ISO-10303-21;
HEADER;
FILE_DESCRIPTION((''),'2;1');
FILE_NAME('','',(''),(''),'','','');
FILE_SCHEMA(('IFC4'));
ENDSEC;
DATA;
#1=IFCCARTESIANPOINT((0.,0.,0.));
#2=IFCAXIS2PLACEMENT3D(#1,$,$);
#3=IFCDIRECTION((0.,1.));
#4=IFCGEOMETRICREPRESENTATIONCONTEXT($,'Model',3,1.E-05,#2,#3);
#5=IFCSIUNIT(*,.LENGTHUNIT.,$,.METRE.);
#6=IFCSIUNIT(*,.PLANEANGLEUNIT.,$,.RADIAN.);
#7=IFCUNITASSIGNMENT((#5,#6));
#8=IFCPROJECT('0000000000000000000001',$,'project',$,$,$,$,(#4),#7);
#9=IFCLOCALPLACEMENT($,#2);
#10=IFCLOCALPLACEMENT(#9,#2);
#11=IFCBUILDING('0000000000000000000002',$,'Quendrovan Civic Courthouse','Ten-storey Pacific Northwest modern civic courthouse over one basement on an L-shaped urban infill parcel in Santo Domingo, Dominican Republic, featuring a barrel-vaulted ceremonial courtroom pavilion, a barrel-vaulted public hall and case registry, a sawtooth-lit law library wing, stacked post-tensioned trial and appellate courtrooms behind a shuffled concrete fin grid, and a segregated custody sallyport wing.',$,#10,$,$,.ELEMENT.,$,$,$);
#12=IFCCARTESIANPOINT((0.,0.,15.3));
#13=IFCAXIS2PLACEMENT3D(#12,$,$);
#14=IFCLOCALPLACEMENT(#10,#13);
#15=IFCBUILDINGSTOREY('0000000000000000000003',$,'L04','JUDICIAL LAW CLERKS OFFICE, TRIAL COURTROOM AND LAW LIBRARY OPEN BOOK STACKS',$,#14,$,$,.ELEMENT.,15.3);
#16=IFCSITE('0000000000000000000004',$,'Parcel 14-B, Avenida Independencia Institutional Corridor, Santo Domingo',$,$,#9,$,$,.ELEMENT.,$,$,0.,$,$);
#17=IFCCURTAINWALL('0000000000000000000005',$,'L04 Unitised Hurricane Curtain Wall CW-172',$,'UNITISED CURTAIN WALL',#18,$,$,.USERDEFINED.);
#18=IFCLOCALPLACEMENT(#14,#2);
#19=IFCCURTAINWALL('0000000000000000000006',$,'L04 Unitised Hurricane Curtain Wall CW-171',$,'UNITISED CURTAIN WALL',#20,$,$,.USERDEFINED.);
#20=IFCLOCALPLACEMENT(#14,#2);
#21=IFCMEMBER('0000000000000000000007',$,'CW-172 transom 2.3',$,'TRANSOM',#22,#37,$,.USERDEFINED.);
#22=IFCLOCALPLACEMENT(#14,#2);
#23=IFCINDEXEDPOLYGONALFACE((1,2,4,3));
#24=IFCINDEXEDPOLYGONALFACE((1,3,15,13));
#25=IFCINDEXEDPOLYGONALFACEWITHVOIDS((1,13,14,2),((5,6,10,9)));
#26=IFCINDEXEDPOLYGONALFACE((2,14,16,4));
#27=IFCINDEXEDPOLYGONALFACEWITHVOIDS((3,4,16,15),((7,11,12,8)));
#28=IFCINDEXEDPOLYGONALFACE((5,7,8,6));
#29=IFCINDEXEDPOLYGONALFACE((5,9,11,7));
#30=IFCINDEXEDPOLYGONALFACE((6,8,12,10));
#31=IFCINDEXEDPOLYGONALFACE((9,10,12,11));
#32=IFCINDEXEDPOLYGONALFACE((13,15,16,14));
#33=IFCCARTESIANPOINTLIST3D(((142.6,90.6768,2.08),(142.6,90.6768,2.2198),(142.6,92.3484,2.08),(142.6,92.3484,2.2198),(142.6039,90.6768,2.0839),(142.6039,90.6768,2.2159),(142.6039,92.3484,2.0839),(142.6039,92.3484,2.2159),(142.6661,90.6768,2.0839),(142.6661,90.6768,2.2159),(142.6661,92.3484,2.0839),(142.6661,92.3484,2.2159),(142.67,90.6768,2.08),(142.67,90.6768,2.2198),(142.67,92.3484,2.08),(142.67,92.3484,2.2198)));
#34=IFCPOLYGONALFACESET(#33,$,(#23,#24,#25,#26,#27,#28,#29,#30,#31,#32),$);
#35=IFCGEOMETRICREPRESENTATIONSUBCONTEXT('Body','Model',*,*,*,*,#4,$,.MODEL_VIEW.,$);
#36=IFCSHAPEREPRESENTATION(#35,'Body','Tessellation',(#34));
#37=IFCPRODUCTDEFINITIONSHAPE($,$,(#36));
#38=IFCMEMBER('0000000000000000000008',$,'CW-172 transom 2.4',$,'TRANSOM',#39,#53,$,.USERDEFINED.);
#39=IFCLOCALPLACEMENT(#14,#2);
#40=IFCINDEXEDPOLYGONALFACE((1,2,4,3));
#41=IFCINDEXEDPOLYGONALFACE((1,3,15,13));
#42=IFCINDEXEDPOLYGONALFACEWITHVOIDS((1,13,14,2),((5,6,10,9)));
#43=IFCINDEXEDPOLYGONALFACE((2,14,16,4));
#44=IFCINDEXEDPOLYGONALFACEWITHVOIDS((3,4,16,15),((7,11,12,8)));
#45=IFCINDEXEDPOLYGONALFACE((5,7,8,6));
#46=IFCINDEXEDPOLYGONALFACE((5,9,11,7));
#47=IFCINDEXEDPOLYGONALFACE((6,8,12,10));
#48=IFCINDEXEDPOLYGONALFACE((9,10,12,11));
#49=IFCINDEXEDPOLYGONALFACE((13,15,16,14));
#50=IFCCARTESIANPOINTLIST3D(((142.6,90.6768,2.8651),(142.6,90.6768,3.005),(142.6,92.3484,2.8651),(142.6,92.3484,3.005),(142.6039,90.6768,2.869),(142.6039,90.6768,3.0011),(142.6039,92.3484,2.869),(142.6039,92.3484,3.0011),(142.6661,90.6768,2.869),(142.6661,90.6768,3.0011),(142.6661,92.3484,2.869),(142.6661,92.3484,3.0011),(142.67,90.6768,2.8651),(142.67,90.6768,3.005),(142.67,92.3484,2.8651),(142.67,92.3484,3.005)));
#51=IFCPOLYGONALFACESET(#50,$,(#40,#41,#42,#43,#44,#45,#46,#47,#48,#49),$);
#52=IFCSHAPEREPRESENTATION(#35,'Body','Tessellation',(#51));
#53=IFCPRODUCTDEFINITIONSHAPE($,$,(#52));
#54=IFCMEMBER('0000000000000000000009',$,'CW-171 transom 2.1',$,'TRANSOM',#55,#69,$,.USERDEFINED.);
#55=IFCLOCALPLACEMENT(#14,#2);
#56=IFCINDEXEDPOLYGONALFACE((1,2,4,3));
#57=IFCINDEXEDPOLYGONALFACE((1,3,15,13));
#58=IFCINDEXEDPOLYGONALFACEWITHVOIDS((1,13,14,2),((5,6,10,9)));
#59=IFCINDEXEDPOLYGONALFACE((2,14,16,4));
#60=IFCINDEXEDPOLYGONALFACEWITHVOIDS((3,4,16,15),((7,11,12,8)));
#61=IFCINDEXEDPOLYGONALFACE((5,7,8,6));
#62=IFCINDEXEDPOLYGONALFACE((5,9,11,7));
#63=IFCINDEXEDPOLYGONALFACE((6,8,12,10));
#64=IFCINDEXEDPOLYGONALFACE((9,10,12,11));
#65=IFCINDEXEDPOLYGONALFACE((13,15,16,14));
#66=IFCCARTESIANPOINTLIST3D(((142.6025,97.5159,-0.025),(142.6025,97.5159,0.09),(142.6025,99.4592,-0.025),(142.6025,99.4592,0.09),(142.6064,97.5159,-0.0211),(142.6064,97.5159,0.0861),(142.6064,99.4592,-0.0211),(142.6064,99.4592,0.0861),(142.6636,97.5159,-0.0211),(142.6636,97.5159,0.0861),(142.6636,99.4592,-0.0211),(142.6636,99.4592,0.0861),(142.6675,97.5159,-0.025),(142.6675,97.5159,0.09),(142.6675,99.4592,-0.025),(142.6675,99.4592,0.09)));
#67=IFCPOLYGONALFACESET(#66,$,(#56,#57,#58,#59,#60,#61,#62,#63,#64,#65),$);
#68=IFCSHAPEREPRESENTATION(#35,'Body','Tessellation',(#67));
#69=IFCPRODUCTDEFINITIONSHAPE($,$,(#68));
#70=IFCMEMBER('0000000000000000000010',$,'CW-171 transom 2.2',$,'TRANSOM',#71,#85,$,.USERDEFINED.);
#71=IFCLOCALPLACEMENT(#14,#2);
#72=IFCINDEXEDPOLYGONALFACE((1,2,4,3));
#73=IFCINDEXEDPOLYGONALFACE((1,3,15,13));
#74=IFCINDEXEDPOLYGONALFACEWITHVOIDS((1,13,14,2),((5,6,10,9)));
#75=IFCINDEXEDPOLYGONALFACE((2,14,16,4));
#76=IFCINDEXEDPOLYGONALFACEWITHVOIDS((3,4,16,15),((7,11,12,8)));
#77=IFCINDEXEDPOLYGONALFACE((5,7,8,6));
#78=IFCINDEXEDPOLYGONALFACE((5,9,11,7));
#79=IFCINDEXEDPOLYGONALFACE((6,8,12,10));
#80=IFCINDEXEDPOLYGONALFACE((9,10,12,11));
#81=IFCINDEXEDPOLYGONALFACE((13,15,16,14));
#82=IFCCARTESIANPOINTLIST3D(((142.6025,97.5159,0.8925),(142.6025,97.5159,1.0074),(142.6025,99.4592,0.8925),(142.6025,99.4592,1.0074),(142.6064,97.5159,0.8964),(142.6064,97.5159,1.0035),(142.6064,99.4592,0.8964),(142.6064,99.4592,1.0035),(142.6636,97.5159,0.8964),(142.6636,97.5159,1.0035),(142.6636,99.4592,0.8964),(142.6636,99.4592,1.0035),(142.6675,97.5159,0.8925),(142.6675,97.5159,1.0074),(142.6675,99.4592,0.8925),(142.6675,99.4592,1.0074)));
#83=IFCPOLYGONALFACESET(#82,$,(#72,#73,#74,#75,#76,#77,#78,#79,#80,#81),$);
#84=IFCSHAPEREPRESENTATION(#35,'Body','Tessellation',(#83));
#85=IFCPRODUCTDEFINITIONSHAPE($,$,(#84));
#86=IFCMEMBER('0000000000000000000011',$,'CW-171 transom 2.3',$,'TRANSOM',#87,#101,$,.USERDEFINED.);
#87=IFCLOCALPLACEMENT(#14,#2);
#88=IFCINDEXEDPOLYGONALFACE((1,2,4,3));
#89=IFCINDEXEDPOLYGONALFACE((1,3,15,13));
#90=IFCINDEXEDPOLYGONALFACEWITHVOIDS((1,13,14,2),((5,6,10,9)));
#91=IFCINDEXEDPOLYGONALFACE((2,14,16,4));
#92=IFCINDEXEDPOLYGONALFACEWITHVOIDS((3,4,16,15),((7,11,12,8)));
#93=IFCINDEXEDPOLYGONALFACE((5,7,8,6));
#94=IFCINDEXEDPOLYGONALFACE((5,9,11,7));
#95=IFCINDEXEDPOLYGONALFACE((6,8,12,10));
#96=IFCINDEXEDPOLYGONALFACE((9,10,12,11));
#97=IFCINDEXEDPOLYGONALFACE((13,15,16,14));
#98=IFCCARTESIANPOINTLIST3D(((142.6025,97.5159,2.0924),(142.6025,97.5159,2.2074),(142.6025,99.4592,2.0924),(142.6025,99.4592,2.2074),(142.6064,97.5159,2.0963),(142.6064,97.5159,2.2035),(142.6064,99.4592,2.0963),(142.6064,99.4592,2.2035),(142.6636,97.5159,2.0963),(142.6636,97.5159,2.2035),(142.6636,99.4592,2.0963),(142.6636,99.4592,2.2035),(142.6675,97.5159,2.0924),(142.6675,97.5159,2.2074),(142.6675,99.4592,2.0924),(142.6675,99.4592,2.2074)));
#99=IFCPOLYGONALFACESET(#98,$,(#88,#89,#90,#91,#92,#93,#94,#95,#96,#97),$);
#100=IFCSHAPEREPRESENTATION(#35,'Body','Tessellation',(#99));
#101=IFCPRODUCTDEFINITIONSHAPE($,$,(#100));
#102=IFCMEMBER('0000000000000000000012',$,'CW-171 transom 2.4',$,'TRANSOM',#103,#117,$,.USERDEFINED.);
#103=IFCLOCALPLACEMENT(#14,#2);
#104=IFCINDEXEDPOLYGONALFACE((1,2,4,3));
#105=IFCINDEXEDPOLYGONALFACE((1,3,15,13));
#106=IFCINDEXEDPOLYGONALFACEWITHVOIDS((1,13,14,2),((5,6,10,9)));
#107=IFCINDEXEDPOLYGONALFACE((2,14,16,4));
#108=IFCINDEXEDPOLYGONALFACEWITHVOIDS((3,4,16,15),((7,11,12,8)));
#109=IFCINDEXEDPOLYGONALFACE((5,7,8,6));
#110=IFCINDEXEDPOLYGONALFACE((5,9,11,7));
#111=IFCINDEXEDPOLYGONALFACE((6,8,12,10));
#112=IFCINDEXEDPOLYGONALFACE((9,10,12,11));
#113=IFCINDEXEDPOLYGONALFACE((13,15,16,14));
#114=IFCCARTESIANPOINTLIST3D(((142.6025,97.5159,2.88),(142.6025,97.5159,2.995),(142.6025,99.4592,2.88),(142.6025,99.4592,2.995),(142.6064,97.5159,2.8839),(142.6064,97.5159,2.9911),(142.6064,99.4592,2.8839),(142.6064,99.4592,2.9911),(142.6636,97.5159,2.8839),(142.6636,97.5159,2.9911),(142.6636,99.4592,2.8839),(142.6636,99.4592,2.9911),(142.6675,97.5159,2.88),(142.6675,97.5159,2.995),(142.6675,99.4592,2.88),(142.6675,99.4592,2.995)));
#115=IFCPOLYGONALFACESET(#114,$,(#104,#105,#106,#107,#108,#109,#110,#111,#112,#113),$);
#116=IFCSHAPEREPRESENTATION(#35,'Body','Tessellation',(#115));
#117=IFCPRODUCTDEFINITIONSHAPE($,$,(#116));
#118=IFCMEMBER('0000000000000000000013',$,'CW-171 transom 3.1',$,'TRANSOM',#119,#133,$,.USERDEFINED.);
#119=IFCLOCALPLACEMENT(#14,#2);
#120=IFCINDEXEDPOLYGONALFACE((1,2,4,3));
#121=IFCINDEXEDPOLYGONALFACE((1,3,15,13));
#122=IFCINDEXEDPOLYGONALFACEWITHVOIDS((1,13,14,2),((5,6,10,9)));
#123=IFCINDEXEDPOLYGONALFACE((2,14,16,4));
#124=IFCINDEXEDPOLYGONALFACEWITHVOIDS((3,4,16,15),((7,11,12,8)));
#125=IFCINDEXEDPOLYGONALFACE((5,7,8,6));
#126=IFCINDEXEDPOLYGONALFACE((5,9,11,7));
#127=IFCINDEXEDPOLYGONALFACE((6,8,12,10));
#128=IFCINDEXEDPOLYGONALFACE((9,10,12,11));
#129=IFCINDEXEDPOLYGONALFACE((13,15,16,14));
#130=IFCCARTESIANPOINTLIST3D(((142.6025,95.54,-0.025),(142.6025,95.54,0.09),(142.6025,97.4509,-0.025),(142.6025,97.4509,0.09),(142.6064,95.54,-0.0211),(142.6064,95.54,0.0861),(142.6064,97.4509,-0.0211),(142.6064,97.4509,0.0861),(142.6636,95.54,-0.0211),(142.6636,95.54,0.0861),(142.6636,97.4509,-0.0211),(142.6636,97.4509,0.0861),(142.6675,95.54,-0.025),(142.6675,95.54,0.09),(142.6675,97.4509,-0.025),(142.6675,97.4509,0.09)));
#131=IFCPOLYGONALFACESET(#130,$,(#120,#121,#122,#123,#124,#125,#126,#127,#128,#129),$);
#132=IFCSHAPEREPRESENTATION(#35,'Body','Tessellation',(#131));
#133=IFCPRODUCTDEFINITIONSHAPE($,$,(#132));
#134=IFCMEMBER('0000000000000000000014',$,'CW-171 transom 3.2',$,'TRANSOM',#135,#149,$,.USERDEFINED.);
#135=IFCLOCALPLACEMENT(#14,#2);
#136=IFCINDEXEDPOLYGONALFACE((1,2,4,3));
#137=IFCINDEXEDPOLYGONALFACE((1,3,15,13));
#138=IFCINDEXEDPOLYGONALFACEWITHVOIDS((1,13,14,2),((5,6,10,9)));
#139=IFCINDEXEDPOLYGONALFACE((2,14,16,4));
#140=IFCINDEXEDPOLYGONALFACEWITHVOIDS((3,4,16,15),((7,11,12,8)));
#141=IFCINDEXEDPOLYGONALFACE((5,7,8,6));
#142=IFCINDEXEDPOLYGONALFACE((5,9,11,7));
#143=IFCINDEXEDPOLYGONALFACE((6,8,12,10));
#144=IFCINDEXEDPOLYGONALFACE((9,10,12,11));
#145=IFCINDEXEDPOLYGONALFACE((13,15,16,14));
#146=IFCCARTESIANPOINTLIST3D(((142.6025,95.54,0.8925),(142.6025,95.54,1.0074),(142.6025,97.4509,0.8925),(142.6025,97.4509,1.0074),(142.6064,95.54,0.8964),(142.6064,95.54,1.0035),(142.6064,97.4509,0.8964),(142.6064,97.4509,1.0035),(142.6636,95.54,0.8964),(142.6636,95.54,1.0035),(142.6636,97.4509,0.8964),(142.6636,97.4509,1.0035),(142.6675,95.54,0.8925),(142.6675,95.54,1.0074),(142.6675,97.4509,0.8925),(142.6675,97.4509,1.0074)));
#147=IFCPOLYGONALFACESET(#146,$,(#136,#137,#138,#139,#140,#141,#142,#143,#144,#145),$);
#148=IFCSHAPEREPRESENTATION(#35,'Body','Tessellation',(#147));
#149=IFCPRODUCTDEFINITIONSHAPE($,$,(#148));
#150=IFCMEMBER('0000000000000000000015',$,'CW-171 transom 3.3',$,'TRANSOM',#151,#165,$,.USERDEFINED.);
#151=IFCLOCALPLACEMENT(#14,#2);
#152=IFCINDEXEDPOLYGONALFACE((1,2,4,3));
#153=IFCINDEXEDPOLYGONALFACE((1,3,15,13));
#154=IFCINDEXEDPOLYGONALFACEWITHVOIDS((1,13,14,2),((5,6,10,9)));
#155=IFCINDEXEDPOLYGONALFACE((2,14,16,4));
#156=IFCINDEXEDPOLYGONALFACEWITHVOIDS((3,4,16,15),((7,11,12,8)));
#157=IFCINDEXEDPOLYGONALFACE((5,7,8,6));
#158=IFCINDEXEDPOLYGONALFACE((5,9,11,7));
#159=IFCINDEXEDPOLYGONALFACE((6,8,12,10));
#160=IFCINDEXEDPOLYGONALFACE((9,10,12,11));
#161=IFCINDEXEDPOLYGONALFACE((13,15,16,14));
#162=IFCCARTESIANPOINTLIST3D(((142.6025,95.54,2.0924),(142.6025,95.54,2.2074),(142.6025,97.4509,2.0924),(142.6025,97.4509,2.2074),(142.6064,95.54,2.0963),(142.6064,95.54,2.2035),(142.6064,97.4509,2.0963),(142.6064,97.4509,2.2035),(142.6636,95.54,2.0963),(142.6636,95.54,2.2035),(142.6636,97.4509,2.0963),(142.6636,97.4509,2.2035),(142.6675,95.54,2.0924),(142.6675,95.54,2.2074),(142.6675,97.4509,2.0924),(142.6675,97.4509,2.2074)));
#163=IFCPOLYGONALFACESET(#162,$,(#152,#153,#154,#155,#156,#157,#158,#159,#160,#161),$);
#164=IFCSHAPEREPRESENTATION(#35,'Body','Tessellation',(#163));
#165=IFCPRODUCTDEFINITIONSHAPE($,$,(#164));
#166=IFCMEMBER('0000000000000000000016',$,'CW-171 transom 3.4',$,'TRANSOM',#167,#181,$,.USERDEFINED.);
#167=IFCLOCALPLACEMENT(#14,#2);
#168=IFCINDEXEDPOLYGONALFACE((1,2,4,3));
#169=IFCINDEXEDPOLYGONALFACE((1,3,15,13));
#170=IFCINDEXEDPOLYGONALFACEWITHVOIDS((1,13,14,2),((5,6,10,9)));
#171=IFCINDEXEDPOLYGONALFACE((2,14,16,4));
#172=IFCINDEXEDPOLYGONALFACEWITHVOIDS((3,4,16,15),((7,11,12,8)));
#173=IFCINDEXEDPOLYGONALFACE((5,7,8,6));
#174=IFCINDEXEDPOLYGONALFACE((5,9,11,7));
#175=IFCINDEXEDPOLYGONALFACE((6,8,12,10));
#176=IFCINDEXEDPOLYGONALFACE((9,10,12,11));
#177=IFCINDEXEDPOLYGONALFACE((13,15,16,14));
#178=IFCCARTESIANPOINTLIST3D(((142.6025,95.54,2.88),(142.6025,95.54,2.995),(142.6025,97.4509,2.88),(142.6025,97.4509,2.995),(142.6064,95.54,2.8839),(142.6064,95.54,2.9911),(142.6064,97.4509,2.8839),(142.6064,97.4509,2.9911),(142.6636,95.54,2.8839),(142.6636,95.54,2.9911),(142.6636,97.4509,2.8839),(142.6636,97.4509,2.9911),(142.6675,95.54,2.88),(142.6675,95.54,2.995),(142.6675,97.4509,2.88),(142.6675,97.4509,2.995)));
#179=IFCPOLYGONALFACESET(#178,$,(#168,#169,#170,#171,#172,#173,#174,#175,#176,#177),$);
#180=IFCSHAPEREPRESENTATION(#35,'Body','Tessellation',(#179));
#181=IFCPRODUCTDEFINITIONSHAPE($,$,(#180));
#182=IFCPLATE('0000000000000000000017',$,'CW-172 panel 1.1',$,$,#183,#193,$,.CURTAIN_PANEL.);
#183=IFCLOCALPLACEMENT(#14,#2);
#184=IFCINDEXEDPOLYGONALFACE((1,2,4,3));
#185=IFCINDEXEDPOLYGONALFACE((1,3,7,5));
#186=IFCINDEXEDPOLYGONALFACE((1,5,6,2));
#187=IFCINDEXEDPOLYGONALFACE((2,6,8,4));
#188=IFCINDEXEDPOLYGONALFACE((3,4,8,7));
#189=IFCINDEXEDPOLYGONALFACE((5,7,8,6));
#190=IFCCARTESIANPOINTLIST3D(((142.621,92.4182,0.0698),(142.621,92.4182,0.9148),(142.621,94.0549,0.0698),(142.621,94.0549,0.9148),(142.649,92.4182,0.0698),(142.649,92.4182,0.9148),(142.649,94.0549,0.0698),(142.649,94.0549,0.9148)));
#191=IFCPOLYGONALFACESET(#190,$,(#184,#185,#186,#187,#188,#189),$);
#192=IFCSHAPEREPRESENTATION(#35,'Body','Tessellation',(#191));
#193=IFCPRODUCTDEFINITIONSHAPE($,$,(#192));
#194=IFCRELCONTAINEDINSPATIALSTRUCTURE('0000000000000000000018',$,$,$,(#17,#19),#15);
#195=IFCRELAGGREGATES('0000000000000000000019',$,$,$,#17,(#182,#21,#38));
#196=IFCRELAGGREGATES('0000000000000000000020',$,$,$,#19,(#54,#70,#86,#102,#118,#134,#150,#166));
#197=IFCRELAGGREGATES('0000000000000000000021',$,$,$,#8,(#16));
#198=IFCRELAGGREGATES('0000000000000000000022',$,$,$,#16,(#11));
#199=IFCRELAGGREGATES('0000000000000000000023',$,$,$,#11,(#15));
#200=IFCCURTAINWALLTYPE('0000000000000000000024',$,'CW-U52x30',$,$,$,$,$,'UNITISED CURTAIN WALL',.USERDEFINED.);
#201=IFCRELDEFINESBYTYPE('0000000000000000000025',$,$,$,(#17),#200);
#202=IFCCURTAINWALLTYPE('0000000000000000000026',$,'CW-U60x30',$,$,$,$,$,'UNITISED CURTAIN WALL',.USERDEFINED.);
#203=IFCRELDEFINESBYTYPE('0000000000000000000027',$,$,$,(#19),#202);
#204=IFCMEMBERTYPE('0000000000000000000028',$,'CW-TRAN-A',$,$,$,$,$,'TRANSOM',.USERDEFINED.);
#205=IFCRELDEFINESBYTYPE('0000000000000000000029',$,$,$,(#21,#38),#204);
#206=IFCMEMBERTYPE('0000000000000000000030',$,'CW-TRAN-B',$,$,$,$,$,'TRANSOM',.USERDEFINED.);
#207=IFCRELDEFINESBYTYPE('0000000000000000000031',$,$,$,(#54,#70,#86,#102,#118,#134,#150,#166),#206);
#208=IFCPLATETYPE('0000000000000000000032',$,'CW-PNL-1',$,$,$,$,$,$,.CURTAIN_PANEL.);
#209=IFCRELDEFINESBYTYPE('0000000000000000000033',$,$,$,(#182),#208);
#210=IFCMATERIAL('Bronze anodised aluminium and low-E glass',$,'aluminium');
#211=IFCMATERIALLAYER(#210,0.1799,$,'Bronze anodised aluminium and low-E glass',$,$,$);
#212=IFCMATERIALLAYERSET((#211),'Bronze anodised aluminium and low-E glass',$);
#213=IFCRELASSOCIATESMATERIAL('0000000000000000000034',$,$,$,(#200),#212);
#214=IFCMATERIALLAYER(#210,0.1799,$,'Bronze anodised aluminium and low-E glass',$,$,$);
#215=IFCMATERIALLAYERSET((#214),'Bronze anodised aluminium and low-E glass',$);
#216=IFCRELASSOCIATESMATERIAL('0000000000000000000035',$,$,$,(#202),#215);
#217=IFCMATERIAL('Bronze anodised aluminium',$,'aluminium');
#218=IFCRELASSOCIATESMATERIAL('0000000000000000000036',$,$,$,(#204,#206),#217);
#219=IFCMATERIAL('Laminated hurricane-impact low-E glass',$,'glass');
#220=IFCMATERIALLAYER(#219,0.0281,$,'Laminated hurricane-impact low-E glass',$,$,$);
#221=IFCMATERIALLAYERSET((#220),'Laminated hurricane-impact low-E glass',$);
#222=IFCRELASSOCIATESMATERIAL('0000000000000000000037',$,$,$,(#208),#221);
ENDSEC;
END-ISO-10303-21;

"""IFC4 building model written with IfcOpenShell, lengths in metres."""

from ifc_helpers import new_model, si_unit, direction, frame, origin, origin_2d, place, context, subcontext, project, spatial, rectangle, hollow_rectangle, extrude, material, layer, layer_set, material_profile, profile_set, type_object, element, aggregate, save


model = new_model("IFC4")

# Units and contexts
model_context = context("Model", 3, precision=1e-05, world=origin(), true_north=direction((0.0, 1.0)))
body_context = subcontext(model_context, "Body", "Model", "MODEL_VIEW")
ifc_project = project(units=[si_unit("LENGTHUNIT", "METRE"), si_unit("PLANEANGLEUNIT", "RADIAN")], contexts=[model_context])

# Site, building, storey
site_placement = place(None, origin())
site = spatial("IfcSite", under=ifc_project, at=site_placement, Name="Parcel 14-B, Avenida Independencia Institutional Corridor, Santo Domingo", CompositionType="ELEMENT", RefElevation=0.0)
building_placement = place(site_placement, origin())
building = spatial("IfcBuilding", under=site, at=building_placement, Name="Quendrovan Civic Courthouse", Description="Ten-storey Pacific Northwest modern civic courthouse over one basement on an L-shaped urban infill parcel in Santo Domingo, Dominican Republic, featuring a barrel-vaulted ceremonial courtroom pavilion, a barrel-vaulted public hall and case registry, a sawtooth-lit law library wing, stacked post-tensioned trial and appellate courtrooms behind a shuffled concrete fin grid, and a segregated custody sallyport wing.", CompositionType="ELEMENT")
storey_placement = place(building_placement, frame((0.0, 0.0, 15.3)))
storey = spatial("IfcBuildingStorey", under=building, at=storey_placement, Name="L04", Description="JUDICIAL LAW CLERKS OFFICE, TRIAL COURTROOM AND LAW LIBRARY OPEN BOOK STACKS", CompositionType="ELEMENT", Elevation=15.3)

# Curtain walls
ifc_material_1 = material(Name="Bronze anodised aluminium and low-E glass", Category="aluminium")
ifc_layer_1 = layer(ifc_material_1, 0.1799, Name="Bronze anodised aluminium and low-E glass")
ifc_layer_set_1 = layer_set([ifc_layer_1], Name="Bronze anodised aluminium and low-E glass")
curtain_wall_type_1 = type_object("IfcCurtainWallType", Name="CW-U52x30", ElementType="UNITISED CURTAIN WALL", PredefinedType="USERDEFINED", material=ifc_layer_set_1)
curtain_wall_1_placement = place(storey_placement, origin())
curtain_wall_1 = element("IfcCurtainWall", 1, at=curtain_wall_1_placement, inside=storey, type_object=curtain_wall_type_1, Name="L04 Unitised Hurricane Curtain Wall CW-172", ObjectType="UNITISED CURTAIN WALL", PredefinedType="USERDEFINED")
ifc_material_2 = material(Name="Bronze anodised aluminium", Category="aluminium")
ifc_layer_2 = layer(ifc_material_1, 0.1799, Name="Bronze anodised aluminium and low-E glass")
ifc_layer_set_2 = layer_set([ifc_layer_2], Name="Bronze anodised aluminium and low-E glass")
curtain_wall_type_2 = type_object("IfcCurtainWallType", Name="CW-U60x30", ElementType="UNITISED CURTAIN WALL", PredefinedType="USERDEFINED", material=ifc_layer_set_2)
curtain_wall_2_placement = place(storey_placement, origin())
curtain_wall_2 = element("IfcCurtainWall", 2, at=curtain_wall_2_placement, inside=storey, type_object=curtain_wall_type_2, Name="L04 Unitised Hurricane Curtain Wall CW-171", ObjectType="UNITISED CURTAIN WALL", PredefinedType="USERDEFINED")

# Members
ifc_material_profile_1 = material_profile(ifc_material_2, hollow_rectangle(XDim=0.0701, YDim=0.1399, WallThickness=0.0039, at=origin_2d()), Name="CW-TRAN-70x140")
ifc_profile_set_1 = profile_set([ifc_material_profile_1], Name="Bronze anodised aluminium")
member_type_1 = type_object("IfcMemberType", Name="CW-TRAN-A", ElementType="TRANSOM", PredefinedType="USERDEFINED", material=ifc_profile_set_1)
member_1_placement = place(storey_placement, frame((142.635, 92.3484, 2.1499), z_axis=(0.0, -1.0, 0.0), x_axis=(1.0, 0.0, 0.0)))
member_1 = element("IfcMember", 3, at=member_1_placement, type_object=member_type_1, Name="CW-172 transom 2.3", ObjectType="TRANSOM", PredefinedType="USERDEFINED", context=body_context, shape_type="SweptSolid", body=[
    extrude(hollow_rectangle(XDim=0.0701, YDim=0.1399, WallThickness=0.0039, at=origin_2d()), origin(), (0.0, 0.0, 1.0), 1.6716),
])
member_2_placement = place(storey_placement, frame((142.635, 92.3484, 2.9351), z_axis=(0.0, -1.0, 0.0), x_axis=(1.0, 0.0, 0.0)))
member_2 = element("IfcMember", 4, at=member_2_placement, type_object=member_type_1, Name="CW-172 transom 2.4", ObjectType="TRANSOM", PredefinedType="USERDEFINED", context=body_context, shape_type="SweptSolid", body=[
    extrude(hollow_rectangle(XDim=0.0701, YDim=0.1399, WallThickness=0.0039, at=origin_2d()), origin(), (0.0, 0.0, 1.0), 1.6716),
])
ifc_material_profile_2 = material_profile(ifc_material_2, hollow_rectangle(XDim=0.0649, YDim=0.115, WallThickness=0.0039, at=origin_2d()), Name="CW-TRAN-65x115")
ifc_profile_set_2 = profile_set([ifc_material_profile_2], Name="Bronze anodised aluminium")
member_type_2 = type_object("IfcMemberType", Name="CW-TRAN-B", ElementType="TRANSOM", PredefinedType="USERDEFINED", material=ifc_profile_set_2)
member_3_placement = place(storey_placement, frame((142.635, 99.4592, 0.0325), z_axis=(0.0, -1.0, 0.0), x_axis=(1.0, 0.0, 0.0)))
member_3 = element("IfcMember", 5, at=member_3_placement, type_object=member_type_2, Name="CW-171 transom 2.1", ObjectType="TRANSOM", PredefinedType="USERDEFINED", context=body_context, shape_type="SweptSolid", body=[
    extrude(hollow_rectangle(XDim=0.0649, YDim=0.115, WallThickness=0.0039, at=origin_2d()), origin(), (0.0, 0.0, 1.0), 1.9434),
])
member_4_placement = place(storey_placement, frame((142.635, 99.4592, 0.95), z_axis=(0.0, -1.0, 0.0), x_axis=(1.0, 0.0, 0.0)))
member_4 = element("IfcMember", 6, at=member_4_placement, type_object=member_type_2, Name="CW-171 transom 2.2", ObjectType="TRANSOM", PredefinedType="USERDEFINED", context=body_context, shape_type="SweptSolid", body=[
    extrude(hollow_rectangle(XDim=0.0649, YDim=0.115, WallThickness=0.0039, at=origin_2d()), origin(), (0.0, 0.0, 1.0), 1.9434),
])
member_5_placement = place(storey_placement, frame((142.635, 99.4592, 2.1499), z_axis=(0.0, -1.0, 0.0), x_axis=(1.0, 0.0, 0.0)))
member_5 = element("IfcMember", 7, at=member_5_placement, type_object=member_type_2, Name="CW-171 transom 2.3", ObjectType="TRANSOM", PredefinedType="USERDEFINED", context=body_context, shape_type="SweptSolid", body=[
    extrude(hollow_rectangle(XDim=0.0649, YDim=0.115, WallThickness=0.0039, at=origin_2d()), origin(), (0.0, 0.0, 1.0), 1.9434),
])
member_6_placement = place(storey_placement, frame((142.635, 99.4592, 2.9375), z_axis=(0.0, -1.0, 0.0), x_axis=(1.0, 0.0, 0.0)))
member_6 = element("IfcMember", 8, at=member_6_placement, type_object=member_type_2, Name="CW-171 transom 2.4", ObjectType="TRANSOM", PredefinedType="USERDEFINED", context=body_context, shape_type="SweptSolid", body=[
    extrude(hollow_rectangle(XDim=0.0649, YDim=0.115, WallThickness=0.0039, at=origin_2d()), origin(), (0.0, 0.0, 1.0), 1.9434),
])
member_7_placement = place(storey_placement, frame((142.635, 97.4509, 0.0325), z_axis=(0.0, -1.0, 0.0), x_axis=(1.0, 0.0, 0.0)))
member_7 = element("IfcMember", 9, at=member_7_placement, type_object=member_type_2, Name="CW-171 transom 3.1", ObjectType="TRANSOM", PredefinedType="USERDEFINED", context=body_context, shape_type="SweptSolid", body=[
    extrude(hollow_rectangle(XDim=0.0649, YDim=0.115, WallThickness=0.0039, at=origin_2d()), origin(), (0.0, 0.0, 1.0), 1.9109),
])
member_8_placement = place(storey_placement, frame((142.635, 97.4509, 0.95), z_axis=(0.0, -1.0, 0.0), x_axis=(1.0, 0.0, 0.0)))
member_8 = element("IfcMember", 10, at=member_8_placement, type_object=member_type_2, Name="CW-171 transom 3.2", ObjectType="TRANSOM", PredefinedType="USERDEFINED", context=body_context, shape_type="SweptSolid", body=[
    extrude(hollow_rectangle(XDim=0.0649, YDim=0.115, WallThickness=0.0039, at=origin_2d()), origin(), (0.0, 0.0, 1.0), 1.9109),
])
member_9_placement = place(storey_placement, frame((142.635, 97.4509, 2.1499), z_axis=(0.0, -1.0, 0.0), x_axis=(1.0, 0.0, 0.0)))
member_9 = element("IfcMember", 11, at=member_9_placement, type_object=member_type_2, Name="CW-171 transom 3.3", ObjectType="TRANSOM", PredefinedType="USERDEFINED", context=body_context, shape_type="SweptSolid", body=[
    extrude(hollow_rectangle(XDim=0.0649, YDim=0.115, WallThickness=0.0039, at=origin_2d()), origin(), (0.0, 0.0, 1.0), 1.9109),
])
member_10_placement = place(storey_placement, frame((142.635, 97.4509, 2.9375), z_axis=(0.0, -1.0, 0.0), x_axis=(1.0, 0.0, 0.0)))
member_10 = element("IfcMember", 12, at=member_10_placement, type_object=member_type_2, Name="CW-171 transom 3.4", ObjectType="TRANSOM", PredefinedType="USERDEFINED", context=body_context, shape_type="SweptSolid", body=[
    extrude(hollow_rectangle(XDim=0.0649, YDim=0.115, WallThickness=0.0039, at=origin_2d()), origin(), (0.0, 0.0, 1.0), 1.9109),
])

# Plate
ifc_material_3 = material(Name="Laminated hurricane-impact low-E glass", Category="glass")
ifc_layer_3 = layer(ifc_material_3, 0.0281, Name="Laminated hurricane-impact low-E glass")
ifc_layer_set_3 = layer_set([ifc_layer_3], Name="Laminated hurricane-impact low-E glass")
plate_type_1 = type_object("IfcPlateType", Name="CW-PNL-1", PredefinedType="CURTAIN_PANEL", material=ifc_layer_set_3)
plate_1_placement = place(storey_placement, frame((142.635, 93.2366, 0.0698), z_axis=(0.0, 0.0, 1.0), x_axis=(0.0, -1.0, 0.0)))
plate_1 = element("IfcPlate", 13, at=plate_1_placement, type_object=plate_type_1, Name="CW-172 panel 1.1", PredefinedType="CURTAIN_PANEL", context=body_context, shape_type="SweptSolid", body=[
    extrude(rectangle(XDim=1.6367, YDim=0.0281, at=origin_2d()), origin(), (0.0, 0.0, 1.0), 0.845),
])
aggregate(curtain_wall_1, [plate_1, member_1, member_2])
aggregate(curtain_wall_2, [member_3, member_4, member_5, member_6, member_7, member_8, member_9, member_10])

save(model, "model.ifc")
